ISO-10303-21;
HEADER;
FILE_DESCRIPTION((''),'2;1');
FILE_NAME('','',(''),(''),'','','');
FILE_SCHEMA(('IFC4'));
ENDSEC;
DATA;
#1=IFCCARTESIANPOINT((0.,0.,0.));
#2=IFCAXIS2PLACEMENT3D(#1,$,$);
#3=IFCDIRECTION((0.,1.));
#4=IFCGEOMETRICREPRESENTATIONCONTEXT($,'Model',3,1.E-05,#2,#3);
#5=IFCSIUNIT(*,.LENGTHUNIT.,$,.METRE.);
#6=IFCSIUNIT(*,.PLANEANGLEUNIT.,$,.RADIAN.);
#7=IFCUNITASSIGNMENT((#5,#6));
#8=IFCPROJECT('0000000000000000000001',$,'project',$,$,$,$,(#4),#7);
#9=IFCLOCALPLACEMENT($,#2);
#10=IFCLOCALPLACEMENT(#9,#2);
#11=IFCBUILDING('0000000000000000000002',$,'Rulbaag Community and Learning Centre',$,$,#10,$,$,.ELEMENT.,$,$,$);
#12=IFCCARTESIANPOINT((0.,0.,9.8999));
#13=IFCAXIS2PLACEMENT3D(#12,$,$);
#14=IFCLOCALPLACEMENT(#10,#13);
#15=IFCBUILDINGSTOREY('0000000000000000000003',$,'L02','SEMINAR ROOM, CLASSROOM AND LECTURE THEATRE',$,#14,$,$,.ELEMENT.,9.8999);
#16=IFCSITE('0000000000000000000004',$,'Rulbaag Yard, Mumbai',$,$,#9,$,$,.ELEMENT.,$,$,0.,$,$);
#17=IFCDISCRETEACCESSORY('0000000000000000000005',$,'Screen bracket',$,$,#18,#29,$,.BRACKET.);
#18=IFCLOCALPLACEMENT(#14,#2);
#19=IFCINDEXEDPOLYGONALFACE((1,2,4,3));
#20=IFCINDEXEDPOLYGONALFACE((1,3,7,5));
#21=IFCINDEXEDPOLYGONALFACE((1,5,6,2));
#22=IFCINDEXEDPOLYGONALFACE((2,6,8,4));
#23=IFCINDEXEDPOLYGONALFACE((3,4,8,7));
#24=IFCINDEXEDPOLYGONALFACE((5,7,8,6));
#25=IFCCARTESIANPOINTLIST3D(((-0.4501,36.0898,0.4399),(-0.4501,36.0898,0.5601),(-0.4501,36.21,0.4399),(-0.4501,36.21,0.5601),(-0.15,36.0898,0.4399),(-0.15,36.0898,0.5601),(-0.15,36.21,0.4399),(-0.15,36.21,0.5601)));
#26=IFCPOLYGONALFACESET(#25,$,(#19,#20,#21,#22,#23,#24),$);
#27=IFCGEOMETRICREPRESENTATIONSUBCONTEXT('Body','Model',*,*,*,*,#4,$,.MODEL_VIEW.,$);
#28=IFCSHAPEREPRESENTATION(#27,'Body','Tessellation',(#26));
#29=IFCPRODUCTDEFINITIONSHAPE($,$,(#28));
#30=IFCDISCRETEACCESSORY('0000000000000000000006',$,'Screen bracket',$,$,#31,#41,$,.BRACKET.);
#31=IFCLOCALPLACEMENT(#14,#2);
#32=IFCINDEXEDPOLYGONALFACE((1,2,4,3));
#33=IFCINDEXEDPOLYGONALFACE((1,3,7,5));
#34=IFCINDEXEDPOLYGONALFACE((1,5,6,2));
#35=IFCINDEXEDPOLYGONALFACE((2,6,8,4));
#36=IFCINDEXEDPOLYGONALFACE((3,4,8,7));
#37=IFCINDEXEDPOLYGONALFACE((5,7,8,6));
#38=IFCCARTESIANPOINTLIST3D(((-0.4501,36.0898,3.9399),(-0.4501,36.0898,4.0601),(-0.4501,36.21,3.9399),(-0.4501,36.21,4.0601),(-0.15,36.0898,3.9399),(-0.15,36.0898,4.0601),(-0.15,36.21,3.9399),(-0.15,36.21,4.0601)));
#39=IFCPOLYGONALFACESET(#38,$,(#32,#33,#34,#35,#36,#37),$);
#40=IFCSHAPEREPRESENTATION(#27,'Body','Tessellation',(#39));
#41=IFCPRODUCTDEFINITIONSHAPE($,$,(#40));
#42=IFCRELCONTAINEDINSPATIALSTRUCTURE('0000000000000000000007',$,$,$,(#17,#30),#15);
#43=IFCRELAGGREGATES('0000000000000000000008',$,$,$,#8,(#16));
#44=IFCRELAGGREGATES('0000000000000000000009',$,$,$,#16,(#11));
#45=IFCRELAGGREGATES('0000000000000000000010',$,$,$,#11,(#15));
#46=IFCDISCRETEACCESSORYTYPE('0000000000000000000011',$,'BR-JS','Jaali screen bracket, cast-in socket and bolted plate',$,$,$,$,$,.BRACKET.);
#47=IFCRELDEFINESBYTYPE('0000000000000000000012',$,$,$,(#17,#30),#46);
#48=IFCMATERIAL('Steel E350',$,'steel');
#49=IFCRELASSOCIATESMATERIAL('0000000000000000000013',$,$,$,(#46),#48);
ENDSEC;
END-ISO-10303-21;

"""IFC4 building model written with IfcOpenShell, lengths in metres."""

from ifc_helpers import new_model, si_unit, direction, frame, origin, origin_2d, place, context, subcontext, project, spatial, rectangle, extrude, material, type_object, element, save


model = new_model("IFC4")

# Units and contexts
model_context = context("Model", 3, precision=1e-05, world=origin(), true_north=direction((0.0, 1.0)))
body_context = subcontext(model_context, "Body", "Model", "MODEL_VIEW")
ifc_project = project(units=[si_unit("LENGTHUNIT", "METRE"), si_unit("PLANEANGLEUNIT", "RADIAN")], contexts=[model_context])

# Site, building, storey
site_placement = place(None, origin())
site = spatial("IfcSite", under=ifc_project, at=site_placement, Name="Rulbaag Yard, Mumbai", CompositionType="ELEMENT", RefElevation=0.0)
building_placement = place(site_placement, origin())
building = spatial("IfcBuilding", under=site, at=building_placement, Name="Rulbaag Community and Learning Centre", CompositionType="ELEMENT")
storey_placement = place(building_placement, frame((0.0, 0.0, 9.8999)))
storey = spatial("IfcBuildingStorey", under=building, at=storey_placement, Name="L02", Description="SEMINAR ROOM, CLASSROOM AND LECTURE THEATRE", CompositionType="ELEMENT", Elevation=9.8999)

# Discrete accessories
ifc_material_1 = material(Name="Steel E350", Category="steel")
discrete_accessory_type = type_object("IfcDiscreteAccessoryType", Name="BR-JS", Description="Jaali screen bracket, cast-in socket and bolted plate", PredefinedType="BRACKET", material=ifc_material_1)
for number, where, z_axis, x_axis, name in (
    (1, (-0.3, 36.1499, 0.4399), (0.0, 0.0, 1.0), (1.0, 0.0, 0.0), "Screen bracket"),
    (2, (-0.3, 36.1499, 3.9399), (0.0, 0.0, 1.0), (1.0, 0.0, 0.0), "Screen bracket"),
):
    element("IfcDiscreteAccessory", number, at=place(storey_placement, frame(where, z_axis=z_axis, x_axis=x_axis)), inside=storey, type_object=discrete_accessory_type, Name=name, PredefinedType="BRACKET", context=body_context, shape_type="SweptSolid", body=[
        extrude(rectangle(XDim=0.3, YDim=0.1201, at=origin_2d()), origin(), (0.0, 0.0, 1.0), 0.1201),
    ])

save(model, "model.ifc")
